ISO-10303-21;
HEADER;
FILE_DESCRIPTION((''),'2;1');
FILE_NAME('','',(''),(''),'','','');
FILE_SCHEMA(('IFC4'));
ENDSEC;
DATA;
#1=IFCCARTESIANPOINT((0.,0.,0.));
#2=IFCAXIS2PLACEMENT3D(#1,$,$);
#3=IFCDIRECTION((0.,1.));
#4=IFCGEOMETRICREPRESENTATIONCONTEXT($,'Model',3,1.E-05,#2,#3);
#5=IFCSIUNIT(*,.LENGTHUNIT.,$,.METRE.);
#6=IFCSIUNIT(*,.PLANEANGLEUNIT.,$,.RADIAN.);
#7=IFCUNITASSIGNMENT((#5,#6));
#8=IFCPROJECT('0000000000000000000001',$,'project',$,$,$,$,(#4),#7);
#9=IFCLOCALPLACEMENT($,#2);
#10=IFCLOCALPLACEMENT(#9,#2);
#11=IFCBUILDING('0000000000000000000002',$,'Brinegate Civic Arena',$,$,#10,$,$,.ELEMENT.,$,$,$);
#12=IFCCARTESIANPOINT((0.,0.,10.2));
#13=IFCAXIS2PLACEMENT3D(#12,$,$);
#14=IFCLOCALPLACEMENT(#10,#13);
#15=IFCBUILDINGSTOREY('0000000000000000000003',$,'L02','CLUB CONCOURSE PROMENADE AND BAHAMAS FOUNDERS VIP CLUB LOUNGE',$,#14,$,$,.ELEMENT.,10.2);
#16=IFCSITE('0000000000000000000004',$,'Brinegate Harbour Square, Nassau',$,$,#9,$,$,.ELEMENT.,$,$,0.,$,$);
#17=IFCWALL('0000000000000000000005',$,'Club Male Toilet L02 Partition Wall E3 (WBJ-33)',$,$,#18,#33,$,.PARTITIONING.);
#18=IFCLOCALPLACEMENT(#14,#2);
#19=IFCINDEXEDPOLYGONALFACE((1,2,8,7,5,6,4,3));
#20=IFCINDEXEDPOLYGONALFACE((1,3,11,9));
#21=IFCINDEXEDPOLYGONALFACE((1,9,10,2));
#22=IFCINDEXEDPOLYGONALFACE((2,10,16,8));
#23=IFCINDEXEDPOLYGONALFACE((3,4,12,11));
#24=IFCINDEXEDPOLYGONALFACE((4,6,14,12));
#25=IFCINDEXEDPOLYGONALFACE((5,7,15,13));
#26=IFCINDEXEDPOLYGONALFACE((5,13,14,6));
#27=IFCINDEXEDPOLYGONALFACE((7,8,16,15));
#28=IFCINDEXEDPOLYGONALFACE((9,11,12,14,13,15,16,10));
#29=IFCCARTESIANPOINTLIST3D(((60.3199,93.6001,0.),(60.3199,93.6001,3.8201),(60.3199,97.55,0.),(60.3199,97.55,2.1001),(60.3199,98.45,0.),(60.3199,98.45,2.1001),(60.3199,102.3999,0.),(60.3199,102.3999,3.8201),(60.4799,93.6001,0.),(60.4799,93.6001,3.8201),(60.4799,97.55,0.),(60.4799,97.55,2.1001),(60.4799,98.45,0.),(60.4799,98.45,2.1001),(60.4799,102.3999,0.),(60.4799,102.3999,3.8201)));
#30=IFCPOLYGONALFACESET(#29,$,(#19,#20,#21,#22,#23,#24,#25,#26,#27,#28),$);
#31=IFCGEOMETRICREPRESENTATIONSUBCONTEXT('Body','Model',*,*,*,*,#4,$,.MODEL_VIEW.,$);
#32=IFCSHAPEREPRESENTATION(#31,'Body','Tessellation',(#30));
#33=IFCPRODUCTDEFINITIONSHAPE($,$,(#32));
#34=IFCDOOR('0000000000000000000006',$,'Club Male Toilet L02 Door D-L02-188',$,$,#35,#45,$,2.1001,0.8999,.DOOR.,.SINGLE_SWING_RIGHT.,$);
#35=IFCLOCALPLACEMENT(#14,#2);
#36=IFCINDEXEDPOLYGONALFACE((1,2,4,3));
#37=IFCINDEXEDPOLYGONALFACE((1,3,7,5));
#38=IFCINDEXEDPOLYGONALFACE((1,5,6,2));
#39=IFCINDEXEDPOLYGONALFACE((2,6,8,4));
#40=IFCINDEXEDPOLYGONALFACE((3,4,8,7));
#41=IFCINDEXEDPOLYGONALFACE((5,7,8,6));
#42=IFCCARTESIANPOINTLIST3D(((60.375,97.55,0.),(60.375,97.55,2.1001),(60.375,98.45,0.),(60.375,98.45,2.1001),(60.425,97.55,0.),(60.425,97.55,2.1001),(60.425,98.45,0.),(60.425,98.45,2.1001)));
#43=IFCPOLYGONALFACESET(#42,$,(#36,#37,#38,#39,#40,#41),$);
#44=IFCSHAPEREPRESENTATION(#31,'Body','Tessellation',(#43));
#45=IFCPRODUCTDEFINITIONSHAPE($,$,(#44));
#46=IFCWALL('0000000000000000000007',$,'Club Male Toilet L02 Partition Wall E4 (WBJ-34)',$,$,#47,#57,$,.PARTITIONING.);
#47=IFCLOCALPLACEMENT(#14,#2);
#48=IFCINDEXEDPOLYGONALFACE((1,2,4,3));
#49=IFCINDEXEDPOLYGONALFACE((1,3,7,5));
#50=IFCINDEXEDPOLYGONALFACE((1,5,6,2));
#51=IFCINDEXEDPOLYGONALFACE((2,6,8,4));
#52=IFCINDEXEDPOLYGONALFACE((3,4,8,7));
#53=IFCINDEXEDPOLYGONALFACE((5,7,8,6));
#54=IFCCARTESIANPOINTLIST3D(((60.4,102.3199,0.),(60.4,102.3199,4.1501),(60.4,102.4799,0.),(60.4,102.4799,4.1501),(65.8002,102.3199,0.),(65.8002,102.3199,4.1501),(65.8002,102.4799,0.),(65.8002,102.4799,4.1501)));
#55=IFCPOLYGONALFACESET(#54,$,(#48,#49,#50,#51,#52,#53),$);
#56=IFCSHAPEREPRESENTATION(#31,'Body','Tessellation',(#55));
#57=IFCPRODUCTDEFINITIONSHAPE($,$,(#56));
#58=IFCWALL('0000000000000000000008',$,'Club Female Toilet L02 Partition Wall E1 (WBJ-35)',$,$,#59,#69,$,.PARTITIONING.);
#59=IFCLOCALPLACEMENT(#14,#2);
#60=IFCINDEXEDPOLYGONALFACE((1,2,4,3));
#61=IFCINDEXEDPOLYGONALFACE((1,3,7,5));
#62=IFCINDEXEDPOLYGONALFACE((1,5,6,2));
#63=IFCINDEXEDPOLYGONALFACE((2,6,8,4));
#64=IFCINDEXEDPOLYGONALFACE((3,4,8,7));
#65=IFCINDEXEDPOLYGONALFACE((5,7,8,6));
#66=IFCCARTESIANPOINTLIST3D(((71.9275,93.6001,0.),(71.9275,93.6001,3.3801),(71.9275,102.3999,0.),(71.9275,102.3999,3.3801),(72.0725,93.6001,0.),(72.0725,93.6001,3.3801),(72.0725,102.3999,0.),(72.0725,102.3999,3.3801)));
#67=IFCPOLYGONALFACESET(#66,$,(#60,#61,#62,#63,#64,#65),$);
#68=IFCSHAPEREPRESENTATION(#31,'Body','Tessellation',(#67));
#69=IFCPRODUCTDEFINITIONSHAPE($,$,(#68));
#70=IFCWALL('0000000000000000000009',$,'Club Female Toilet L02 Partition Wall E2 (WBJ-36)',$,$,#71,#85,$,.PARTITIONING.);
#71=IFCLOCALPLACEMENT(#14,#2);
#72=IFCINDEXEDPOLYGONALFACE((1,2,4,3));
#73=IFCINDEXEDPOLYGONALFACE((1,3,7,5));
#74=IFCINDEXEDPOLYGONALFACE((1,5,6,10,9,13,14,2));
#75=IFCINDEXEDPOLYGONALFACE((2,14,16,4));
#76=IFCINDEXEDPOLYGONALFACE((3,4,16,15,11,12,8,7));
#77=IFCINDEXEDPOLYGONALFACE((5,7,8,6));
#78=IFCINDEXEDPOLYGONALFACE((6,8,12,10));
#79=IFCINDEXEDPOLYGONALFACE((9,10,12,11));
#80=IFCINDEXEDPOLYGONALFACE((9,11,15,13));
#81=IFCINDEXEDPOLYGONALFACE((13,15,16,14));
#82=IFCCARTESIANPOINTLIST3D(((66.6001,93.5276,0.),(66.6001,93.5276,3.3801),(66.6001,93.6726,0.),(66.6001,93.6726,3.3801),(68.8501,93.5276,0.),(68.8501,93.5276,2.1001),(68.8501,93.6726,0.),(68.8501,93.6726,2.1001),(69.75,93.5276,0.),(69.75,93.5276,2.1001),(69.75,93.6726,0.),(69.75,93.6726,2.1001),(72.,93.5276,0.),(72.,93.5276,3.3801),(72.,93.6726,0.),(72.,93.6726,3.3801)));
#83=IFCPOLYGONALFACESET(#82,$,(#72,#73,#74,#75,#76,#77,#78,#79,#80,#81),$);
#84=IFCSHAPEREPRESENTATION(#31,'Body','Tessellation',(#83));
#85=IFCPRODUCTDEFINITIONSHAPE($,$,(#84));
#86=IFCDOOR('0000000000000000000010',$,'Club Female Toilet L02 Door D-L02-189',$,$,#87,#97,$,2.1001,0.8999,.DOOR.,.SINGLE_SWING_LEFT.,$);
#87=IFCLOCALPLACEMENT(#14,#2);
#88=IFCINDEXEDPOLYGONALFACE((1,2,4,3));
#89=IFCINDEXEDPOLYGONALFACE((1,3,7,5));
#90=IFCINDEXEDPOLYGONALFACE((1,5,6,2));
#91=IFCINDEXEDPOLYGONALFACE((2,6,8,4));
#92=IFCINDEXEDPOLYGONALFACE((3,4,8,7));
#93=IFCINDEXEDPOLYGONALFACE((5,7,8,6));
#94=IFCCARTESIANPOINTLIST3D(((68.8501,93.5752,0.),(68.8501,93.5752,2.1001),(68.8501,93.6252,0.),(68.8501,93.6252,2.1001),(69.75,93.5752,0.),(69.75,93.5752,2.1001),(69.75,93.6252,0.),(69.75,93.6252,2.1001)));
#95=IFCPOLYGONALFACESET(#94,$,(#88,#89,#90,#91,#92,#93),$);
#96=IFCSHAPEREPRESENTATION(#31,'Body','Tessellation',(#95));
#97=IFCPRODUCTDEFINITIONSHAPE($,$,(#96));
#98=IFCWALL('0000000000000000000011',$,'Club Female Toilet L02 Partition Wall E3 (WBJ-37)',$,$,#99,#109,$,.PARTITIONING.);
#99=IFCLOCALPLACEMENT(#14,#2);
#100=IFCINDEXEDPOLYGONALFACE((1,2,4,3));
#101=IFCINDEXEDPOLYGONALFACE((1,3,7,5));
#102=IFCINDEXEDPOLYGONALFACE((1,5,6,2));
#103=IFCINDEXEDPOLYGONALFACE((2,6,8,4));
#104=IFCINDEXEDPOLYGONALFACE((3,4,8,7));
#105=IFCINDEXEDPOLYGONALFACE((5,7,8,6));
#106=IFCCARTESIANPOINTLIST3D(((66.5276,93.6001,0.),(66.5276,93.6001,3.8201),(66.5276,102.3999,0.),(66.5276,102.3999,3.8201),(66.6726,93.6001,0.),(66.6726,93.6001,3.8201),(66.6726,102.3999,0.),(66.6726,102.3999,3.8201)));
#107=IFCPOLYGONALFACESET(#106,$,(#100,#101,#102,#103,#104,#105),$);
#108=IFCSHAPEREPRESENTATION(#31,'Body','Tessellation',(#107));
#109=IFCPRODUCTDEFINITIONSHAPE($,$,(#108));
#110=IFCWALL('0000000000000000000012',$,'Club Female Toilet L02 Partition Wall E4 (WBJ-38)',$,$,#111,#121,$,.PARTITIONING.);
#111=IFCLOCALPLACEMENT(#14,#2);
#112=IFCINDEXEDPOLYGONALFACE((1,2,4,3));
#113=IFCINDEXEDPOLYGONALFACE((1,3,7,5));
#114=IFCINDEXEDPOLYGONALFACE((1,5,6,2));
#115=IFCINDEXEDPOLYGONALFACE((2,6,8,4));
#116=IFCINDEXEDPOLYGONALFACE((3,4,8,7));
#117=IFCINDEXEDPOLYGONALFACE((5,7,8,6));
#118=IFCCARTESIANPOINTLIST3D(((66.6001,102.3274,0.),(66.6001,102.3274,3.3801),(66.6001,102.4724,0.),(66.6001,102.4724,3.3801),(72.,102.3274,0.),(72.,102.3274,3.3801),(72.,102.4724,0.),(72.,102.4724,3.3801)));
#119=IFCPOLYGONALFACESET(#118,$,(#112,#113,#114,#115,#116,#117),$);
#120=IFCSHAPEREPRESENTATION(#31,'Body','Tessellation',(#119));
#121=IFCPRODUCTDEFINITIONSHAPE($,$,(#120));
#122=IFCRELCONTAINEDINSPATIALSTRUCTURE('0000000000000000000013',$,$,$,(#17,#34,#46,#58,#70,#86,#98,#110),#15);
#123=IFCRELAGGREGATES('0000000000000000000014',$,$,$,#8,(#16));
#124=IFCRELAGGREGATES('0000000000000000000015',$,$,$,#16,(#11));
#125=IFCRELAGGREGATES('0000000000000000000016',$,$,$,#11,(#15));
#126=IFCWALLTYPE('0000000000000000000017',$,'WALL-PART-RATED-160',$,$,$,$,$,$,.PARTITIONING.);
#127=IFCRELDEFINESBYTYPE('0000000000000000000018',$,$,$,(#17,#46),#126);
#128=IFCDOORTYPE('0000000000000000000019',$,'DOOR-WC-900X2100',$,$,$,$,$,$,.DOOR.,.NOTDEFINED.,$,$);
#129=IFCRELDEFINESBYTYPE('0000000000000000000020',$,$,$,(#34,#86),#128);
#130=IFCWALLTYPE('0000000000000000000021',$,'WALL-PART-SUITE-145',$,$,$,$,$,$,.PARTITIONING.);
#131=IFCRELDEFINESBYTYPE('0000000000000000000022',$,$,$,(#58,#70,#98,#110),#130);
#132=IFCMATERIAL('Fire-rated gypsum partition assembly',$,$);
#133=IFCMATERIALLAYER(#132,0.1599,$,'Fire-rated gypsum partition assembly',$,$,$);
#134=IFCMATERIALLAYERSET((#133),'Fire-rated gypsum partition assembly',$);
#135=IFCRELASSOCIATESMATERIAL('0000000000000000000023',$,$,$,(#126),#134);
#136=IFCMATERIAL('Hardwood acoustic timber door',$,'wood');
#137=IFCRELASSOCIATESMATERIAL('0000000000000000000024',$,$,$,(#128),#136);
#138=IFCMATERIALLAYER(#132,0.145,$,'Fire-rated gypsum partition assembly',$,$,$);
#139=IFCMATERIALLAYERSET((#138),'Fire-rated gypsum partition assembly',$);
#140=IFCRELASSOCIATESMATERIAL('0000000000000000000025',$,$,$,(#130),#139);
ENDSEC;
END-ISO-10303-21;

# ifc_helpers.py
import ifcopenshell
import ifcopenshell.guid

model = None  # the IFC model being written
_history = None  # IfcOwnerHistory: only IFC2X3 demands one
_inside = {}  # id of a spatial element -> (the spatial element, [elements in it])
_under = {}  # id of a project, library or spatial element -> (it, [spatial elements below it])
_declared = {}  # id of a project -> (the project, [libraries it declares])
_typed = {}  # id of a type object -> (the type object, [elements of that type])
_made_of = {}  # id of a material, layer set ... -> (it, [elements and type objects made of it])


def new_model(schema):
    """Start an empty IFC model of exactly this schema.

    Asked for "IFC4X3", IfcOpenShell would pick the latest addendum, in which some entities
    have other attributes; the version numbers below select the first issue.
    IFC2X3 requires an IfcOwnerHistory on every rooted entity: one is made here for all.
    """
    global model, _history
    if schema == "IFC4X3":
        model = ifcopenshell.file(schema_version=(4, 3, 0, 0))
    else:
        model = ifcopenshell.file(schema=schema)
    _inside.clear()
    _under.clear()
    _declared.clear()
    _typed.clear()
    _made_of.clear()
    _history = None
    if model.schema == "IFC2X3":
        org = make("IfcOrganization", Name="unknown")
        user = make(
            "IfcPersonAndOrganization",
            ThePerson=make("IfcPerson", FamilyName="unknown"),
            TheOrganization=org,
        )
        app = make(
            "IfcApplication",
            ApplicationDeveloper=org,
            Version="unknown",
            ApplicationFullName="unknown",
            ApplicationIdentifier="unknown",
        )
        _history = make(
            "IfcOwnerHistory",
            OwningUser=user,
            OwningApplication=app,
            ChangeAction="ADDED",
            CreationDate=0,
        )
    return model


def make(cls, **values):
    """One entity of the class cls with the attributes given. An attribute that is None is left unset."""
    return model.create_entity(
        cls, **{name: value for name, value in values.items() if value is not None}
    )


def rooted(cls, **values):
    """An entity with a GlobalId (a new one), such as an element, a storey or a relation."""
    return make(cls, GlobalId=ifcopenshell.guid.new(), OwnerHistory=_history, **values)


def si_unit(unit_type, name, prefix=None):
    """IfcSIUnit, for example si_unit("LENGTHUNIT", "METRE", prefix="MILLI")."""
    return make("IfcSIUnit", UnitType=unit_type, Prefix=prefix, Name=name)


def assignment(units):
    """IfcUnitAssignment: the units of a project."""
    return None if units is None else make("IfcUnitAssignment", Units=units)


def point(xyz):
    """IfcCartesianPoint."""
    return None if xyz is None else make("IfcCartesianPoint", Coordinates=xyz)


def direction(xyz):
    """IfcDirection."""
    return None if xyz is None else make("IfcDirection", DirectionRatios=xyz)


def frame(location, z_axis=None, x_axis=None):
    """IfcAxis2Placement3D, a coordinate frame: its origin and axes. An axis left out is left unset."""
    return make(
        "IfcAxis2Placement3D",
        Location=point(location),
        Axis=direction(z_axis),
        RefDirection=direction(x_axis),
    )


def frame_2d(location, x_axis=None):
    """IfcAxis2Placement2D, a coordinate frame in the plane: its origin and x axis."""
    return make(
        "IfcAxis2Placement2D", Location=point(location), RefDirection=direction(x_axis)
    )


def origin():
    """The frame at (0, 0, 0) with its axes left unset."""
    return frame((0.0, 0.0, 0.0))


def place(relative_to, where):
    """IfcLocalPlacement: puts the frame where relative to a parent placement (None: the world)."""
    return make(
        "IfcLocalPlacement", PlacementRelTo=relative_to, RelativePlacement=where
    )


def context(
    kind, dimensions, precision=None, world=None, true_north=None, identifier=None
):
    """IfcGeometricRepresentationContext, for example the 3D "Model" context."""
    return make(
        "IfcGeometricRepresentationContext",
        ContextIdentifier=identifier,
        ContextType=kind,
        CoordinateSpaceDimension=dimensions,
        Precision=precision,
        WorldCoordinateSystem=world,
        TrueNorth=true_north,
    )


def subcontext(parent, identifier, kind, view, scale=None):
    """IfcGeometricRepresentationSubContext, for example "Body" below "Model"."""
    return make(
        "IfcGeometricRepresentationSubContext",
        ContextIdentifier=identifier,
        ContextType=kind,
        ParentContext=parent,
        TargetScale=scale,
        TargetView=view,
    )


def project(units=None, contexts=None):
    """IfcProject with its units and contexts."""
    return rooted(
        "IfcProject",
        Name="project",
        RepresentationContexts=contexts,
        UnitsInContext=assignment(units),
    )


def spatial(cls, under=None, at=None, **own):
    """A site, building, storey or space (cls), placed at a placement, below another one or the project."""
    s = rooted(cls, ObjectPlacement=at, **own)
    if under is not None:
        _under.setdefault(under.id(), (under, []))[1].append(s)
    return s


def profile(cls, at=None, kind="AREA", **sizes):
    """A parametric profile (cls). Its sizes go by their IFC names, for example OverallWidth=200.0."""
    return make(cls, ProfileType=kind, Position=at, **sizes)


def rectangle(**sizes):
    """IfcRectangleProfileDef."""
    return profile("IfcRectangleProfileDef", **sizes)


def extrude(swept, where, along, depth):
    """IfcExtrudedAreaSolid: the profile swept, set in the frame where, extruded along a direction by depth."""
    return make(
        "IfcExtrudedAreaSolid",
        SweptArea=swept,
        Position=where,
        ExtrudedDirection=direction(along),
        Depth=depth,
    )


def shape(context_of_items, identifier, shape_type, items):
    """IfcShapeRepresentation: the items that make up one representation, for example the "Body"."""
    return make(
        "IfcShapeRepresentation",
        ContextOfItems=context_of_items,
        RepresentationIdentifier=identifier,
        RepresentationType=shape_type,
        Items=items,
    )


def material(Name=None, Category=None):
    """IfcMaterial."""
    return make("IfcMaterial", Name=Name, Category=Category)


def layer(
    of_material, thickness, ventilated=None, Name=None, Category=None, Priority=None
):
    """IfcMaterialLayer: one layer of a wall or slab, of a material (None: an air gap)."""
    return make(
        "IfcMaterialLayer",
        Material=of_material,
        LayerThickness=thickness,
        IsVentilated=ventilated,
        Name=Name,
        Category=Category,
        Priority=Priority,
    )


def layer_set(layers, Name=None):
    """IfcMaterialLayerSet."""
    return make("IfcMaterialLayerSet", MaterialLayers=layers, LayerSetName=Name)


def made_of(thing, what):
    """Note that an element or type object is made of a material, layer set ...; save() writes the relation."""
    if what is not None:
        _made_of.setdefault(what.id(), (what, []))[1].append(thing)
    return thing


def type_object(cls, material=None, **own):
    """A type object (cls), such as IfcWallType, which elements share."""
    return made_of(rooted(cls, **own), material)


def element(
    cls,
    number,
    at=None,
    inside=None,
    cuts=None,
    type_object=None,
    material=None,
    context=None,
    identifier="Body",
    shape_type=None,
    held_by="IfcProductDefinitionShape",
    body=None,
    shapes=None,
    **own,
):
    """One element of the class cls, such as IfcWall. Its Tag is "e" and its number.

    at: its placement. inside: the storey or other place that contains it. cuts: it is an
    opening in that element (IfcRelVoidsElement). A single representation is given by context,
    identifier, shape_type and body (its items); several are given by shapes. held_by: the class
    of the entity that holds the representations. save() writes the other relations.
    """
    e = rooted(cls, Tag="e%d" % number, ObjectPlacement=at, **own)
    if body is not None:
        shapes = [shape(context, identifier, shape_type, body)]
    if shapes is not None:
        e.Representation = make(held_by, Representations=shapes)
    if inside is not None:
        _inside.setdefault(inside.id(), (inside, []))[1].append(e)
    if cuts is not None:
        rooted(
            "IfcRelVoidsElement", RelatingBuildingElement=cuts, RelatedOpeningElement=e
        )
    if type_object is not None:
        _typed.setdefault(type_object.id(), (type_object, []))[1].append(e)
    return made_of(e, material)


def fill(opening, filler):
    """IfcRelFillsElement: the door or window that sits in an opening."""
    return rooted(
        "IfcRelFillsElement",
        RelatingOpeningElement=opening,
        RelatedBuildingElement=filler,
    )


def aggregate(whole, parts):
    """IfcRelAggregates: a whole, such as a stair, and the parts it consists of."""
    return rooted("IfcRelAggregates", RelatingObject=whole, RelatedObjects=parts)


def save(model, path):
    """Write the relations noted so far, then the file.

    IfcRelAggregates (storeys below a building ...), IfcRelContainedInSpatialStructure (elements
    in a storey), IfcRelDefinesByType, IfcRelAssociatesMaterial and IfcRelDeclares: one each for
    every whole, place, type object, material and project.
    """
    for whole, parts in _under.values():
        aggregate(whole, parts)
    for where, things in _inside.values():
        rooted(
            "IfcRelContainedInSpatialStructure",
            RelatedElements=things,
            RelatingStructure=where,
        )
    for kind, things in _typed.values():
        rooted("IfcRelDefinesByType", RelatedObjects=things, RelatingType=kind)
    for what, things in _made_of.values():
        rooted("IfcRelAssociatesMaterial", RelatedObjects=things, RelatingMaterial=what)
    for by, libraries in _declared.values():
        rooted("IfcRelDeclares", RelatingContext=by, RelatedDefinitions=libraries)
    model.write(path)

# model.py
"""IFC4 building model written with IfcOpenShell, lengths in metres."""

from ifc_helpers import new_model, si_unit, direction, frame, frame_2d, origin, place, context, subcontext, project, spatial, rectangle, extrude, material, layer, layer_set, type_object, element, fill, save


model = new_model("IFC4")

# Units and contexts
model_context = context("Model", 3, precision=1e-05, world=origin(), true_north=direction((0.0, 1.0)))
body_context = subcontext(model_context, "Body", "Model", "MODEL_VIEW")
ifc_project = project(units=[si_unit("LENGTHUNIT", "METRE"), si_unit("PLANEANGLEUNIT", "RADIAN")], contexts=[model_context])

# Site, building, storey
site_placement = place(None, origin())
site = spatial("IfcSite", under=ifc_project, at=site_placement, Name="Brinegate Harbour Square, Nassau", CompositionType="ELEMENT", RefElevation=0.0)
building_placement = place(site_placement, origin())
building = spatial("IfcBuilding", under=site, at=building_placement, Name="Brinegate Civic Arena", CompositionType="ELEMENT")
storey_placement = place(building_placement, frame((0.0, 0.0, 10.2)))
storey = spatial("IfcBuildingStorey", under=building, at=storey_placement, Name="L02", Description="CLUB CONCOURSE PROMENADE AND BAHAMAS FOUNDERS VIP CLUB LOUNGE", CompositionType="ELEMENT", Elevation=10.2)

# Shared definitions
ifc_material_1 = material(Name="Fire-rated gypsum partition assembly")
ifc_material_2 = material(Name="Hardwood acoustic timber door", Category="wood")

# Shared definitions
ifc_layer_1 = layer(ifc_material_1, 0.1599, Name="Fire-rated gypsum partition assembly")
ifc_layer_set_1 = layer_set([ifc_layer_1], Name="Fire-rated gypsum partition assembly")
wall_type_1 = type_object("IfcWallType", Name="WALL-PART-RATED-160", PredefinedType="PARTITIONING", material=ifc_layer_set_1)

# Wall, opening, door
wall_1_placement = place(storey_placement, frame((60.3999, 93.6001, 0.0), z_axis=(0.0, 0.0, 1.0), x_axis=(0.0, 1.0, 0.0)))
wall_1 = element("IfcWall", 1, at=wall_1_placement, inside=storey, type_object=wall_type_1, Name="Club Male Toilet L02 Partition Wall E3 (WBJ-33)", PredefinedType="PARTITIONING", context=body_context, shape_type="SweptSolid", body=[
    extrude(rectangle(XDim=8.7998, YDim=0.1599, at=frame_2d((4.3999, 0.0))), origin(), (0.0, 0.0, 1.0), 3.8201),
])
opening_1_placement = place(wall_1_placement, frame((3.95, 0.0, 0.0)))
opening_1 = element("IfcOpeningElement", 2, at=opening_1_placement, cuts=wall_1, PredefinedType="OPENING", context=body_context, shape_type="SweptSolid", body=[
    extrude(rectangle(XDim=0.8999, YDim=2.1001, at=frame_2d((0.45, 1.05))), frame((0.0, 0.0898, 0.0), z_axis=(0.0, -1.0, 0.0), x_axis=(1.0, 0.0, 0.0)), (0.0, 0.0, 1.0), 0.1799),
])
door_type_1 = type_object("IfcDoorType", Name="DOOR-WC-900X2100", OperationType="NOTDEFINED", PredefinedType="DOOR", material=ifc_material_2)
door_1_placement = place(opening_1_placement, origin())
door_1 = element("IfcDoor", 3, at=door_1_placement, inside=storey, type_object=door_type_1, Name="Club Male Toilet L02 Door D-L02-188", OperationType="SINGLE_SWING_RIGHT", OverallHeight=2.1001, OverallWidth=0.8999, PredefinedType="DOOR", context=body_context, shape_type="SweptSolid", body=[
    extrude(rectangle(XDim=0.8999, YDim=2.1001, at=frame_2d((0.45, 1.05))), frame((0.0, 0.0249, 0.0), z_axis=(0.0, -1.0, 0.0), x_axis=(1.0, 0.0, 0.0)), (0.0, 0.0, 1.0), 0.05),
])
fill(opening_1, door_1)

# Walls
wall_2_placement = place(storey_placement, frame((60.3999, 102.3999, 0.0), z_axis=(0.0, 0.0, 1.0), x_axis=(1.0, 0.0, 0.0)))
element("IfcWall", 4, at=wall_2_placement, inside=storey, type_object=wall_type_1, Name="Club Male Toilet L02 Partition Wall E4 (WBJ-34)", PredefinedType="PARTITIONING", context=body_context, shape_type="SweptSolid", body=[
    extrude(rectangle(XDim=5.4001, YDim=0.1599, at=frame_2d((2.7002, 0.0))), origin(), (0.0, 0.0, 1.0), 4.1501),
])
ifc_layer_2 = layer(ifc_material_1, 0.145, Name="Fire-rated gypsum partition assembly")
ifc_layer_set_2 = layer_set([ifc_layer_2], Name="Fire-rated gypsum partition assembly")
wall_type_2 = type_object("IfcWallType", Name="WALL-PART-SUITE-145", PredefinedType="PARTITIONING", material=ifc_layer_set_2)
wall_3_placement = place(storey_placement, frame((72.0, 102.3999, 0.0), z_axis=(0.0, 0.0, 1.0), x_axis=(0.0, -1.0, 0.0)))
element("IfcWall", 5, at=wall_3_placement, inside=storey, type_object=wall_type_2, Name="Club Female Toilet L02 Partition Wall E1 (WBJ-35)", PredefinedType="PARTITIONING", context=body_context, shape_type="SweptSolid", body=[
    extrude(rectangle(XDim=8.7998, YDim=0.145, at=frame_2d((4.3999, 0.0))), origin(), (0.0, 0.0, 1.0), 3.3801),
])

# Wall, opening, door
wall_4_placement = place(storey_placement, frame((72.0, 93.6001, 0.0), z_axis=(0.0, 0.0, 1.0), x_axis=(-1.0, 0.0, 0.0)))
wall_4 = element("IfcWall", 6, at=wall_4_placement, inside=storey, type_object=wall_type_2, Name="Club Female Toilet L02 Partition Wall E2 (WBJ-36)", PredefinedType="PARTITIONING", context=body_context, shape_type="SweptSolid", body=[
    extrude(rectangle(XDim=5.3999, YDim=0.145, at=frame_2d((2.7, 0.0))), origin(), (0.0, 0.0, 1.0), 3.3801),
])
opening_2_placement = place(wall_4_placement, frame((2.25, 0.0, 0.0)))
opening_2 = element("IfcOpeningElement", 7, at=opening_2_placement, cuts=wall_4, PredefinedType="OPENING", context=body_context, shape_type="SweptSolid", body=[
    extrude(rectangle(XDim=0.8999, YDim=2.1001, at=frame_2d((0.45, 1.05))), frame((0.0, 0.0825, 0.0), z_axis=(0.0, -1.0, 0.0), x_axis=(1.0, 0.0, 0.0)), (0.0, 0.0, 1.0), 0.165),
])
door_2_placement = place(opening_2_placement, origin())
door_2 = element("IfcDoor", 8, at=door_2_placement, inside=storey, type_object=door_type_1, Name="Club Female Toilet L02 Door D-L02-189", OperationType="SINGLE_SWING_LEFT", OverallHeight=2.1001, OverallWidth=0.8999, PredefinedType="DOOR", context=body_context, shape_type="SweptSolid", body=[
    extrude(rectangle(XDim=0.8999, YDim=2.1001, at=frame_2d((0.45, 1.05))), frame((0.0, 0.0249, 0.0), z_axis=(0.0, -1.0, 0.0), x_axis=(1.0, 0.0, 0.0)), (0.0, 0.0, 1.0), 0.05),
])
fill(opening_2, door_2)

# Walls
wall_5_placement = place(storey_placement, frame((66.6001, 93.6001, 0.0), z_axis=(0.0, 0.0, 1.0), x_axis=(0.0, 1.0, 0.0)))
element("IfcWall", 9, at=wall_5_placement, inside=storey, type_object=wall_type_2, Name="Club Female Toilet L02 Partition Wall E3 (WBJ-37)", PredefinedType="PARTITIONING", context=body_context, shape_type="SweptSolid", body=[
    extrude(rectangle(XDim=8.7998, YDim=0.145, at=frame_2d((4.3999, 0.0))), origin(), (0.0, 0.0, 1.0), 3.8201),
])
wall_6_placement = place(storey_placement, frame((66.6001, 102.3999, 0.0), z_axis=(0.0, 0.0, 1.0), x_axis=(1.0, 0.0, 0.0)))
element("IfcWall", 10, at=wall_6_placement, inside=storey, type_object=wall_type_2, Name="Club Female Toilet L02 Partition Wall E4 (WBJ-38)", PredefinedType="PARTITIONING", context=body_context, shape_type="SweptSolid", body=[
    extrude(rectangle(XDim=5.3999, YDim=0.145, at=frame_2d((2.7, 0.0))), origin(), (0.0, 0.0, 1.0), 3.3801),
])

save(model, "model.ifc")
